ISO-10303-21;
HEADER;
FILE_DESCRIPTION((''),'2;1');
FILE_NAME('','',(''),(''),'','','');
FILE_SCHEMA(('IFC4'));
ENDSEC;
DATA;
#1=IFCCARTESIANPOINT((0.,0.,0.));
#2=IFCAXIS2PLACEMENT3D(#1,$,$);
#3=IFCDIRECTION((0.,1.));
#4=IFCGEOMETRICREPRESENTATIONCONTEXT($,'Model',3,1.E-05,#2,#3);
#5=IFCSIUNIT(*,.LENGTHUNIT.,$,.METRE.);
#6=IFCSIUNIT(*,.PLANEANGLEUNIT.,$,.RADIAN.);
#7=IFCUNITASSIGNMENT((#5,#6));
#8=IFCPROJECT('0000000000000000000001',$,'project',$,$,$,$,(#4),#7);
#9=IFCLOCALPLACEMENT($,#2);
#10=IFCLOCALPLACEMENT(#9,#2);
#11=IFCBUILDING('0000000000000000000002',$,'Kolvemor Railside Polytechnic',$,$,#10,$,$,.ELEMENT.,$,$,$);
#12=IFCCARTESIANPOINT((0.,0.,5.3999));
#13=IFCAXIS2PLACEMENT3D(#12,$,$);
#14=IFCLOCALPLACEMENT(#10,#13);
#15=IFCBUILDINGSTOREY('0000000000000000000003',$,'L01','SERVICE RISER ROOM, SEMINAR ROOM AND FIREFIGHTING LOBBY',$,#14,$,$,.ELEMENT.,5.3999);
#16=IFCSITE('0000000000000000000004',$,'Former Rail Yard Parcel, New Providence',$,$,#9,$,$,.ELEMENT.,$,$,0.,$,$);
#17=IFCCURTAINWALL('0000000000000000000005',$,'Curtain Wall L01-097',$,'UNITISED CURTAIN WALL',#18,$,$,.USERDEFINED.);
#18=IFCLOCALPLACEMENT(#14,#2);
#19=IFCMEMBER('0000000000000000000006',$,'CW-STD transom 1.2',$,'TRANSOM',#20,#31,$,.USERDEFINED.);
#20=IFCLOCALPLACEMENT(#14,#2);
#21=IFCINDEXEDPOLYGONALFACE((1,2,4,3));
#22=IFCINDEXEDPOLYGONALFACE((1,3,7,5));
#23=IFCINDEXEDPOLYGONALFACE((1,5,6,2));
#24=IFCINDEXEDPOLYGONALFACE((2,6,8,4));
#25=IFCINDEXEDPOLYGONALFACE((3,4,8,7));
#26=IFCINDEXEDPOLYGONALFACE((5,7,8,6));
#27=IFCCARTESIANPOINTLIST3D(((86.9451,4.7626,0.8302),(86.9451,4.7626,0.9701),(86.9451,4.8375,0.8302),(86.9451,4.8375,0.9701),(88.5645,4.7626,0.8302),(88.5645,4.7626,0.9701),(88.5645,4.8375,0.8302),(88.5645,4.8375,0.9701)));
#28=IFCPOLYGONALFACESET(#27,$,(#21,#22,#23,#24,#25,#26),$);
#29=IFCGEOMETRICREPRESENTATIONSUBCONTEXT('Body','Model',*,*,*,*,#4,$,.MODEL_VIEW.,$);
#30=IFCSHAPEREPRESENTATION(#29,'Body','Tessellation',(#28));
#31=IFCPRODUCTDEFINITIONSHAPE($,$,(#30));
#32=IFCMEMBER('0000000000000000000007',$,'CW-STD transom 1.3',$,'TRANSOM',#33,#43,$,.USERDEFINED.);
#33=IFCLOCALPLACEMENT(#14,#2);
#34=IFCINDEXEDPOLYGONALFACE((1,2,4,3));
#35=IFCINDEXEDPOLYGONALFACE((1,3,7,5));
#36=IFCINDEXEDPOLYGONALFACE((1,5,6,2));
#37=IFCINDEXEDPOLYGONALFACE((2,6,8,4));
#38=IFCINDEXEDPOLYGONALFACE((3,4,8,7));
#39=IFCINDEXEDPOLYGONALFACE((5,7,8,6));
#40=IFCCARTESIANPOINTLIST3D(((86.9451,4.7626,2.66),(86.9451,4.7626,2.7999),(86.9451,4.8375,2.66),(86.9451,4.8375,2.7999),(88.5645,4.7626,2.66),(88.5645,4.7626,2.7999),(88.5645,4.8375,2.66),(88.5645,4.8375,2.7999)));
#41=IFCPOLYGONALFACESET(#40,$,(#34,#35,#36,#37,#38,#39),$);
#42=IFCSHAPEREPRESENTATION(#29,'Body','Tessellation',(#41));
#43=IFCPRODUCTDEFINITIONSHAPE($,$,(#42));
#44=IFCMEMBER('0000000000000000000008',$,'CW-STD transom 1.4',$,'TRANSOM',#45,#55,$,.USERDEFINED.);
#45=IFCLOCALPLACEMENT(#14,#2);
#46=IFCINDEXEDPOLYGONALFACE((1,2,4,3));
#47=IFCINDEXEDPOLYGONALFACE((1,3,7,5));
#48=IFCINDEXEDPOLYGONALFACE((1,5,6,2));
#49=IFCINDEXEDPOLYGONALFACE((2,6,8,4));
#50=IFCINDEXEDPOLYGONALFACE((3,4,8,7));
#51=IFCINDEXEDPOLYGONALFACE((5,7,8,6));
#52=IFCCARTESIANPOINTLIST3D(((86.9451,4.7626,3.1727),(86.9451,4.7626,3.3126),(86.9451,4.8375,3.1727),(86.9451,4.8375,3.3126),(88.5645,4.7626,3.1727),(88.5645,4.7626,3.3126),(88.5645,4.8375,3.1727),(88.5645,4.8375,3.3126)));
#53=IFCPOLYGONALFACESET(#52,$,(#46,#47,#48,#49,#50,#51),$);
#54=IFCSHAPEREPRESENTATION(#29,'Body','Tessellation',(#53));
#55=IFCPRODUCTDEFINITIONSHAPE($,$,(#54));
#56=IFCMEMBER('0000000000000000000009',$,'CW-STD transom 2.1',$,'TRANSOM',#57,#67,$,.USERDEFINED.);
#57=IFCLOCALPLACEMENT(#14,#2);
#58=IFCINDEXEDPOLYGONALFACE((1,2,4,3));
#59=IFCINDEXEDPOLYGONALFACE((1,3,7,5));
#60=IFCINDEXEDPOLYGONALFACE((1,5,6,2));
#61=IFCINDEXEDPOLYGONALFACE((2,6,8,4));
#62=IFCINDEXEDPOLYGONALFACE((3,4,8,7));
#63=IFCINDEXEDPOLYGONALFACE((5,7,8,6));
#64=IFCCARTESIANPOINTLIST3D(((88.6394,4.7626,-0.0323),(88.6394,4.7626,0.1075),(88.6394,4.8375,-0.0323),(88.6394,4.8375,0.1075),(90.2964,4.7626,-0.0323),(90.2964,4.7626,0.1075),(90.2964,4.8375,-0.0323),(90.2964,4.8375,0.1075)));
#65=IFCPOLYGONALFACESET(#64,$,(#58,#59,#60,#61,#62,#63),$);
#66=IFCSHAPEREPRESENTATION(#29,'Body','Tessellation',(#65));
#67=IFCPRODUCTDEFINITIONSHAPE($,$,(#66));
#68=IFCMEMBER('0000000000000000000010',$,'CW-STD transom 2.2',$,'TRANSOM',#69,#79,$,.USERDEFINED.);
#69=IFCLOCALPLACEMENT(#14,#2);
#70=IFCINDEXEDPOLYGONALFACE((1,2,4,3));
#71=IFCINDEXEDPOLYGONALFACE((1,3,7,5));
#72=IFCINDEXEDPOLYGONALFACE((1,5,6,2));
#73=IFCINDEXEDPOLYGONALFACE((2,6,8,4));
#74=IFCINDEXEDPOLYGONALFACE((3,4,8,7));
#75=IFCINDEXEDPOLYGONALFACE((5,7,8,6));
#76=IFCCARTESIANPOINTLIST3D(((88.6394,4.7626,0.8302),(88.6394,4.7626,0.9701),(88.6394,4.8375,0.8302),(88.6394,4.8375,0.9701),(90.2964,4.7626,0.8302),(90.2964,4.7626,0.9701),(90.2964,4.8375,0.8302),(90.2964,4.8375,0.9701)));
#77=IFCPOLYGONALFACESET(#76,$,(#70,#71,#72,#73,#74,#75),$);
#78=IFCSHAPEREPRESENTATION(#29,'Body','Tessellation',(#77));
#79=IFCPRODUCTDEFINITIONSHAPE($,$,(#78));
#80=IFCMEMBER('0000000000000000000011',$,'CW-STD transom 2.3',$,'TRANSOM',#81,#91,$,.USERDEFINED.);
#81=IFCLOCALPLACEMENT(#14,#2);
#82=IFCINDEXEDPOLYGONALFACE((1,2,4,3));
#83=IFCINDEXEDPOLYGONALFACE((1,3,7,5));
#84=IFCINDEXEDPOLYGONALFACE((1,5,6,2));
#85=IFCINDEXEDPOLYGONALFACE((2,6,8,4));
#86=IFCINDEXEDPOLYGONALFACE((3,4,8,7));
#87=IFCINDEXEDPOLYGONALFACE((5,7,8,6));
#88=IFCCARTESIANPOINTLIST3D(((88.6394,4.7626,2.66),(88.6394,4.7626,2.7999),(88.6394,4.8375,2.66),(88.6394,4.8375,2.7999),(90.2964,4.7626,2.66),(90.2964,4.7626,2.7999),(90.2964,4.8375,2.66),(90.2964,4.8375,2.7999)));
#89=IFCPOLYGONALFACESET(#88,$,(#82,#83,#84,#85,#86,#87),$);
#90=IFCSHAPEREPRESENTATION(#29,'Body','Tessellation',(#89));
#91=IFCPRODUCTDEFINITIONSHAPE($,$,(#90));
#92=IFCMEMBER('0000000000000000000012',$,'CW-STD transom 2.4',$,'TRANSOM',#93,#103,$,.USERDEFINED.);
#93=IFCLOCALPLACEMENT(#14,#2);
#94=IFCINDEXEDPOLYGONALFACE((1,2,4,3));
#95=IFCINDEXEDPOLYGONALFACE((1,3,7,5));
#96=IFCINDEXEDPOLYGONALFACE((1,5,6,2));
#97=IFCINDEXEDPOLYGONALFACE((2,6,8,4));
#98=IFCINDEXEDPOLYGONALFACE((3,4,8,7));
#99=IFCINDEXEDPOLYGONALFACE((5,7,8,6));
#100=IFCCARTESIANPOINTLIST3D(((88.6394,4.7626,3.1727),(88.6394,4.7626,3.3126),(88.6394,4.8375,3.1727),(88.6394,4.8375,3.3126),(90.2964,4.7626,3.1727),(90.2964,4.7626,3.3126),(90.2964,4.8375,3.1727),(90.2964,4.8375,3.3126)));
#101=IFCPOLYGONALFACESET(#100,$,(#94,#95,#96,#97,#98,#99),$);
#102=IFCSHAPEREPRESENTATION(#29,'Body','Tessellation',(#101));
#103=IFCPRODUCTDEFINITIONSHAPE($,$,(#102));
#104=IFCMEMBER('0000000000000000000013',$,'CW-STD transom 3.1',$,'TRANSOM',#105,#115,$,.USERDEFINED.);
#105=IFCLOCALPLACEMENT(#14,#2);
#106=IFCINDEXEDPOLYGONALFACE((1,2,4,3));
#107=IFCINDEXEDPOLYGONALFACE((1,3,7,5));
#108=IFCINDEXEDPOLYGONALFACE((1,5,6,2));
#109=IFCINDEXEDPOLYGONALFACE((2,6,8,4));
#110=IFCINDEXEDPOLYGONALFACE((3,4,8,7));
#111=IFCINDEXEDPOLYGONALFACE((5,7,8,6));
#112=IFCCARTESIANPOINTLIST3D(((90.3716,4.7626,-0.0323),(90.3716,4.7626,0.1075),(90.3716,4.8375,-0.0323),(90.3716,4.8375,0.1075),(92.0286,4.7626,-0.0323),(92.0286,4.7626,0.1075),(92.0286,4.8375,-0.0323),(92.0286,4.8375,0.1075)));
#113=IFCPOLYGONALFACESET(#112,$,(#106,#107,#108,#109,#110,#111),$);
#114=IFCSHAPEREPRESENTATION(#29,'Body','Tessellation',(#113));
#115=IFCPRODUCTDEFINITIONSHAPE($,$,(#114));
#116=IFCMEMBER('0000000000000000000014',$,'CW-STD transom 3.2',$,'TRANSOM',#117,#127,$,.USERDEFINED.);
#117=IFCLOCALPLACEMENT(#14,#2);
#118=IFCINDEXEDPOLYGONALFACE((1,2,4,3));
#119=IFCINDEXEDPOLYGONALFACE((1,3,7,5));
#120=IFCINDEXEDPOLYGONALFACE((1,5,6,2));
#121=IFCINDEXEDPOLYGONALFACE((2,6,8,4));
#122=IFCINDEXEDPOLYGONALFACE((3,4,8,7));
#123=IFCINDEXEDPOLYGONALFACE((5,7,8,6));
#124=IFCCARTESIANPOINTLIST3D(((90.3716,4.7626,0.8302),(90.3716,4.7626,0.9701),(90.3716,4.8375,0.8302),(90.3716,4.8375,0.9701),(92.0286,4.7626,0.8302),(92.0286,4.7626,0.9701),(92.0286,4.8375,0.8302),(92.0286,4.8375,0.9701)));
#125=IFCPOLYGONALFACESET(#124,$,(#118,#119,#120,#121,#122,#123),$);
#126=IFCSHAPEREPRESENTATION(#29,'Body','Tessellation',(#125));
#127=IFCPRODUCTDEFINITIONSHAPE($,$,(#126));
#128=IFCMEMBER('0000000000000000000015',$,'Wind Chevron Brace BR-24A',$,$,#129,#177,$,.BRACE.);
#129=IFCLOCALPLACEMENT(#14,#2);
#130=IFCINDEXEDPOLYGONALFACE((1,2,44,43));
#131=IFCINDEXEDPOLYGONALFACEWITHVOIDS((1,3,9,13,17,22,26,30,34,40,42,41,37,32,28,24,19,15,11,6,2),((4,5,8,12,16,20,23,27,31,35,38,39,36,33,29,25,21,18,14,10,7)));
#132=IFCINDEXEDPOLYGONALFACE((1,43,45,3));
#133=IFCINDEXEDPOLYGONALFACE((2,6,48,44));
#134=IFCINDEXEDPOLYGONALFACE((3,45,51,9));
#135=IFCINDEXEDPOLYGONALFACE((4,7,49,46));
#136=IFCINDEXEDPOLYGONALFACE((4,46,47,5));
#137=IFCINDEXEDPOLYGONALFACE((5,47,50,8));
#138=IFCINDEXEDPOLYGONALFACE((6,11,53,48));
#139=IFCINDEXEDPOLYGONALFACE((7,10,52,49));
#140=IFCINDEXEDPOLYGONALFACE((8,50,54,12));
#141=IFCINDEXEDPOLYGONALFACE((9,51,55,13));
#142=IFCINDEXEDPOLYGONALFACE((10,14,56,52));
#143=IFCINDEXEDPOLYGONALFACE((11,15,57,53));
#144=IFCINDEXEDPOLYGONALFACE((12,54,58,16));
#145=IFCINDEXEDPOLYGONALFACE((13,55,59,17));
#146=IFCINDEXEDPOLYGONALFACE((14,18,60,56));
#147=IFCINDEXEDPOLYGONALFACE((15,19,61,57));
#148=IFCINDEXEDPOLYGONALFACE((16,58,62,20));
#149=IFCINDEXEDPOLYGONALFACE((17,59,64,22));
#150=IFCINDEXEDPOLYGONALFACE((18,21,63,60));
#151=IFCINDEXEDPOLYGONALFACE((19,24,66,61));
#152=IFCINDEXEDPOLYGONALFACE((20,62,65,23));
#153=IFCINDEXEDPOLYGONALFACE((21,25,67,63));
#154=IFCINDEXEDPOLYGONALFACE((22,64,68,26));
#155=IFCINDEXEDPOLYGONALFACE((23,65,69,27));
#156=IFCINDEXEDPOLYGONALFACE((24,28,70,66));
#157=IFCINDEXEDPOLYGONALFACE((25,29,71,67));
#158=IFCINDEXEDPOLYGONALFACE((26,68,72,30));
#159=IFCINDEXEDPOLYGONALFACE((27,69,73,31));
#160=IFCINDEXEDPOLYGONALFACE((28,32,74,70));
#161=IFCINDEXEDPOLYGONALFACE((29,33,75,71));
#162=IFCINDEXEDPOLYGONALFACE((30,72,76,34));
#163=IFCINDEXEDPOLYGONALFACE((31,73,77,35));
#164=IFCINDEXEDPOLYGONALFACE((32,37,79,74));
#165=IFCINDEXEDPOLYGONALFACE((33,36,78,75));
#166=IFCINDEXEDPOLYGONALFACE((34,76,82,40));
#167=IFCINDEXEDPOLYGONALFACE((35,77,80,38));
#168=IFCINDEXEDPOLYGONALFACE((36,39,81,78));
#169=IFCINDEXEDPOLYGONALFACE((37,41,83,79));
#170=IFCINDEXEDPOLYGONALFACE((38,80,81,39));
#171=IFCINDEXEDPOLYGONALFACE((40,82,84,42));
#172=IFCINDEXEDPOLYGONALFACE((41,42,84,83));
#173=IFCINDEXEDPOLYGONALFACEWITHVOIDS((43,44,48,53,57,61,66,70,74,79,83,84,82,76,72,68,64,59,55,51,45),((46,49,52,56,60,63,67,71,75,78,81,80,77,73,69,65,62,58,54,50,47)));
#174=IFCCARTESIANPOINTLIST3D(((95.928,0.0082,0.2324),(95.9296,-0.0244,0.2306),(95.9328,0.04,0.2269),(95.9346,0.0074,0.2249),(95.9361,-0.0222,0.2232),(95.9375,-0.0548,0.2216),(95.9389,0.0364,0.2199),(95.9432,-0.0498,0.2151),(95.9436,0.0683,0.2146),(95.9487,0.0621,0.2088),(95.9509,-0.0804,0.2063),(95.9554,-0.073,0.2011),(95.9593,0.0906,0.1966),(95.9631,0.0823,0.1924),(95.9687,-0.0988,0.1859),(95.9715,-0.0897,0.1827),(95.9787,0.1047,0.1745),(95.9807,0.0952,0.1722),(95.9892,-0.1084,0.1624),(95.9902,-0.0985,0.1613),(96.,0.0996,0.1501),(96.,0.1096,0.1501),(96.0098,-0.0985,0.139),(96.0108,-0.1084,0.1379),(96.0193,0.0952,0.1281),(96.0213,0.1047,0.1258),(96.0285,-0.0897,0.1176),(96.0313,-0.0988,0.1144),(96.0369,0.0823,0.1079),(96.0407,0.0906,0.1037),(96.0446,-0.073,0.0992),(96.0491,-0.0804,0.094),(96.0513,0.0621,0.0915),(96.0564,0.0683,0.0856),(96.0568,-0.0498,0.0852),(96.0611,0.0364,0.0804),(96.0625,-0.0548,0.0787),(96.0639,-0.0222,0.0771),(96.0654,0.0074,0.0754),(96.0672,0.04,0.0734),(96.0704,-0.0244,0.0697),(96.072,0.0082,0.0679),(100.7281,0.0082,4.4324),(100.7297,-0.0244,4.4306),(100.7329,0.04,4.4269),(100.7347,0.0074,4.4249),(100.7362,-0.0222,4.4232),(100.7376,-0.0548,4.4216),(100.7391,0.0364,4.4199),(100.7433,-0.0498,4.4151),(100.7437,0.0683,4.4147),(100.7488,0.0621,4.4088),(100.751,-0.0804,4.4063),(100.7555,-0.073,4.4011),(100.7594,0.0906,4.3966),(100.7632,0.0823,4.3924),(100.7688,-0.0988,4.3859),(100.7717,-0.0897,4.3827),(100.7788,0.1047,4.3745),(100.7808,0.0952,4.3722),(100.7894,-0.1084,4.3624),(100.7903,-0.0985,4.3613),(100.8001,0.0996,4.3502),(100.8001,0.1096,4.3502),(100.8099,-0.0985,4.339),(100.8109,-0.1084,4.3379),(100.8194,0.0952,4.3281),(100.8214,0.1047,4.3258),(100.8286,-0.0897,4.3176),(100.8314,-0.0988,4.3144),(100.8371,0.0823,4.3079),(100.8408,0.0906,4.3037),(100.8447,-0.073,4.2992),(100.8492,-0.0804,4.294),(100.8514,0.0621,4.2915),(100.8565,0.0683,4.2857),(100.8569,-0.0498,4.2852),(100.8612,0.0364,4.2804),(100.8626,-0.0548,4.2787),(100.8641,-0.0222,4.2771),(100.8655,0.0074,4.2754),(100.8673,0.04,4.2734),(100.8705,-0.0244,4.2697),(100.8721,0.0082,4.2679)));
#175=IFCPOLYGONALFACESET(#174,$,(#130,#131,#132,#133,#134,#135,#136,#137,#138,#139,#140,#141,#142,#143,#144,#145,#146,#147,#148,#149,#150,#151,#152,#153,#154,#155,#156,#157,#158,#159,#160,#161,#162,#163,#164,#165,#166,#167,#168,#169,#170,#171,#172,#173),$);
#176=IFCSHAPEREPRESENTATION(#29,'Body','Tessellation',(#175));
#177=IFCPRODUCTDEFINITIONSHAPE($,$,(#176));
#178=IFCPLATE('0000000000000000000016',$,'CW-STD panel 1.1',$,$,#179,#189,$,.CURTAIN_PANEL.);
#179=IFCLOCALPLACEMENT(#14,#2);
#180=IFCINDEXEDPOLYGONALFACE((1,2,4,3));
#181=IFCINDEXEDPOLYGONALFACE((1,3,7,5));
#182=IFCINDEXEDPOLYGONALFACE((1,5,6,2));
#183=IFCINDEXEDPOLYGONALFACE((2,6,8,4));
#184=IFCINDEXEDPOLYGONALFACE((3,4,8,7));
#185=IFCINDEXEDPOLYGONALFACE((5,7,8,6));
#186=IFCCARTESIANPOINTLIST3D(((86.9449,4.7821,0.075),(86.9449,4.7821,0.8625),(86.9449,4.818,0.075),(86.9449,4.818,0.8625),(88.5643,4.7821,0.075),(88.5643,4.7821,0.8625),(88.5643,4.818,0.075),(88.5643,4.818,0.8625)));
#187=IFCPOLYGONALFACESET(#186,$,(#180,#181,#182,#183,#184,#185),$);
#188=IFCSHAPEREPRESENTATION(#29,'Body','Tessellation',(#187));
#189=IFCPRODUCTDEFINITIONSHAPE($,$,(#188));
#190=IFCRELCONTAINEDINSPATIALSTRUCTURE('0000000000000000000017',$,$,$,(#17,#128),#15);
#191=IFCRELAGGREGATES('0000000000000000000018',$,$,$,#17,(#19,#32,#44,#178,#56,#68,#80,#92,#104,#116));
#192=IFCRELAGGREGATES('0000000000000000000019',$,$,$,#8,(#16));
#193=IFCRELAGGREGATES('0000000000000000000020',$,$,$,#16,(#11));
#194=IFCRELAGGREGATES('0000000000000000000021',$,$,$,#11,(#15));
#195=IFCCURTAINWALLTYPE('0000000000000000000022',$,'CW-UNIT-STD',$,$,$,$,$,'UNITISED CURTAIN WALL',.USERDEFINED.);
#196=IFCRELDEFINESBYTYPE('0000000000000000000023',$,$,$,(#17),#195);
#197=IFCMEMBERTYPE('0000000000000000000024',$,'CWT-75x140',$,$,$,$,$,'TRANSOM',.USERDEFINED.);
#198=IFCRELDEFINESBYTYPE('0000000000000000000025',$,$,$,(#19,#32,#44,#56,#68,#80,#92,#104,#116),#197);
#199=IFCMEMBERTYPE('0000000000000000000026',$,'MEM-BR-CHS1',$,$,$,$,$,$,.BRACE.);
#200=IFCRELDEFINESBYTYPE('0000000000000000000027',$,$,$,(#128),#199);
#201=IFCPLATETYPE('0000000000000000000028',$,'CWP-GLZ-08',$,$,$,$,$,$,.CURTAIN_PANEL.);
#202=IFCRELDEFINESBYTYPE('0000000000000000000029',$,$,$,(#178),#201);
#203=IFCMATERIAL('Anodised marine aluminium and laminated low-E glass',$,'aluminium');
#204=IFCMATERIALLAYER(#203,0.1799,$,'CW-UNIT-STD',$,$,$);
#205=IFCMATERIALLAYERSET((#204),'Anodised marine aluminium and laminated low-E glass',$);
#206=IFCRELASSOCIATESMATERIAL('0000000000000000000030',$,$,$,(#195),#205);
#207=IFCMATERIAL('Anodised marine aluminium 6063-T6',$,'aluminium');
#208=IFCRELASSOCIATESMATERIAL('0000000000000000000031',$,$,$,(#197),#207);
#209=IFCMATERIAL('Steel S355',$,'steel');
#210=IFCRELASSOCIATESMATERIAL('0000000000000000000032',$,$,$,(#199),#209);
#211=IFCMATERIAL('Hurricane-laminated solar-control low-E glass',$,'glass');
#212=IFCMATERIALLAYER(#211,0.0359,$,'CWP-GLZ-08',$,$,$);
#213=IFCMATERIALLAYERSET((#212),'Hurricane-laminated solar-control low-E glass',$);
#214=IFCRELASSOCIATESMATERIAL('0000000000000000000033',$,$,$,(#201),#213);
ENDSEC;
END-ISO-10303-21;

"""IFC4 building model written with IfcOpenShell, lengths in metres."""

from ifc_helpers import new_model, si_unit, direction, frame, origin, origin_2d, place, context, subcontext, project, spatial, rectangle, hollow_circle, extrude, material, layer, layer_set, material_profile, profile_set, type_object, element, aggregate, save


model = new_model("IFC4")

# Units and contexts
model_context = context("Model", 3, precision=1e-05, world=origin(), true_north=direction((0.0, 1.0)))
body_context = subcontext(model_context, "Body", "Model", "MODEL_VIEW")
ifc_project = project(units=[si_unit("LENGTHUNIT", "METRE"), si_unit("PLANEANGLEUNIT", "RADIAN")], contexts=[model_context])

# Site, building, storey
site_placement = place(None, origin())
site = spatial("IfcSite", under=ifc_project, at=site_placement, Name="Former Rail Yard Parcel, New Providence", CompositionType="ELEMENT", RefElevation=0.0)
building_placement = place(site_placement, origin())
building = spatial("IfcBuilding", under=site, at=building_placement, Name="Kolvemor Railside Polytechnic", CompositionType="ELEMENT")
storey_placement = place(building_placement, frame((0.0, 0.0, 5.3999)))
storey = spatial("IfcBuildingStorey", under=building, at=storey_placement, Name="L01", Description="SERVICE RISER ROOM, SEMINAR ROOM AND FIREFIGHTING LOBBY", CompositionType="ELEMENT", Elevation=5.3999)

# Curtain wall, members
ifc_material_1 = material(Name="Anodised marine aluminium and laminated low-E glass", Category="aluminium")
ifc_layer_1 = layer(ifc_material_1, 0.1799, Name="CW-UNIT-STD")
ifc_layer_set_1 = layer_set([ifc_layer_1], Name="Anodised marine aluminium and laminated low-E glass")
curtain_wall_type = type_object("IfcCurtainWallType", Name="CW-UNIT-STD", ElementType="UNITISED CURTAIN WALL", PredefinedType="USERDEFINED", material=ifc_layer_set_1)
curtain_wall_placement = place(storey_placement, origin())
curtain_wall = element("IfcCurtainWall", 1, at=curtain_wall_placement, inside=storey, type_object=curtain_wall_type, Name="Curtain Wall L01-097", ObjectType="UNITISED CURTAIN WALL", PredefinedType="USERDEFINED")
ifc_material_2 = material(Name="Anodised marine aluminium 6063-T6", Category="aluminium")
ifc_material_profile_1 = material_profile(ifc_material_2, rectangle(XDim=0.075, YDim=0.1399, at=origin_2d()), Name="CW-TRN-75x140")
ifc_profile_set_1 = profile_set([ifc_material_profile_1], Name="Anodised marine aluminium 6063-T6")
member_type_1 = type_object("IfcMemberType", Name="CWT-75x140", ElementType="TRANSOM", PredefinedType="USERDEFINED", material=ifc_profile_set_1)
member_1_placement = place(storey_placement, frame((86.9451, 4.8, 0.9001), z_axis=(1.0, 0.0, 0.0), x_axis=(0.0, 1.0, 0.0)))
member_1 = element("IfcMember", 2, at=member_1_placement, type_object=member_type_1, Name="CW-STD transom 1.2", ObjectType="TRANSOM", PredefinedType="USERDEFINED", context=body_context, shape_type="SweptSolid", body=[
    extrude(rectangle(XDim=0.075, YDim=0.1399, at=origin_2d()), origin(), (0.0, 0.0, 1.0), 1.6194),
])
member_2_placement = place(storey_placement, frame((86.9451, 4.8, 2.73), z_axis=(1.0, 0.0, 0.0), x_axis=(0.0, 1.0, 0.0)))
member_2 = element("IfcMember", 3, at=member_2_placement, type_object=member_type_1, Name="CW-STD transom 1.3", ObjectType="TRANSOM", PredefinedType="USERDEFINED", context=body_context, shape_type="SweptSolid", body=[
    extrude(rectangle(XDim=0.075, YDim=0.1399, at=origin_2d()), origin(), (0.0, 0.0, 1.0), 1.6194),
])
member_3_placement = place(storey_placement, frame((86.9451, 4.8, 3.2427), z_axis=(1.0, 0.0, 0.0), x_axis=(0.0, 1.0, 0.0)))
member_3 = element("IfcMember", 4, at=member_3_placement, type_object=member_type_1, Name="CW-STD transom 1.4", ObjectType="TRANSOM", PredefinedType="USERDEFINED", context=body_context, shape_type="SweptSolid", body=[
    extrude(rectangle(XDim=0.075, YDim=0.1399, at=origin_2d()), origin(), (0.0, 0.0, 1.0), 1.6194),
])
member_4_placement = place(storey_placement, frame((88.6394, 4.8, 0.0376), z_axis=(1.0, 0.0, 0.0), x_axis=(0.0, 1.0, 0.0)))
member_4 = element("IfcMember", 5, at=member_4_placement, type_object=member_type_1, Name="CW-STD transom 2.1", ObjectType="TRANSOM", PredefinedType="USERDEFINED", context=body_context, shape_type="SweptSolid", body=[
    extrude(rectangle(XDim=0.075, YDim=0.1399, at=origin_2d()), origin(), (0.0, 0.0, 1.0), 1.657),
])
member_5_placement = place(storey_placement, frame((88.6394, 4.8, 0.9001), z_axis=(1.0, 0.0, 0.0), x_axis=(0.0, 1.0, 0.0)))
member_5 = element("IfcMember", 6, at=member_5_placement, type_object=member_type_1, Name="CW-STD transom 2.2", ObjectType="TRANSOM", PredefinedType="USERDEFINED", context=body_context, shape_type="SweptSolid", body=[
    extrude(rectangle(XDim=0.075, YDim=0.1399, at=origin_2d()), origin(), (0.0, 0.0, 1.0), 1.657),
])
member_6_placement = place(storey_placement, frame((88.6394, 4.8, 2.73), z_axis=(1.0, 0.0, 0.0), x_axis=(0.0, 1.0, 0.0)))
member_6 = element("IfcMember", 7, at=member_6_placement, type_object=member_type_1, Name="CW-STD transom 2.3", ObjectType="TRANSOM", PredefinedType="USERDEFINED", context=body_context, shape_type="SweptSolid", body=[
    extrude(rectangle(XDim=0.075, YDim=0.1399, at=origin_2d()), origin(), (0.0, 0.0, 1.0), 1.657),
])
member_7_placement = place(storey_placement, frame((88.6394, 4.8, 3.2427), z_axis=(1.0, 0.0, 0.0), x_axis=(0.0, 1.0, 0.0)))
member_7 = element("IfcMember", 8, at=member_7_placement, type_object=member_type_1, Name="CW-STD transom 2.4", ObjectType="TRANSOM", PredefinedType="USERDEFINED", context=body_context, shape_type="SweptSolid", body=[
    extrude(rectangle(XDim=0.075, YDim=0.1399, at=origin_2d()), origin(), (0.0, 0.0, 1.0), 1.657),
])
member_8_placement = place(storey_placement, frame((90.3716, 4.8, 0.0376), z_axis=(1.0, 0.0, 0.0), x_axis=(0.0, 1.0, 0.0)))
member_8 = element("IfcMember", 9, at=member_8_placement, type_object=member_type_1, Name="CW-STD transom 3.1", ObjectType="TRANSOM", PredefinedType="USERDEFINED", context=body_context, shape_type="SweptSolid", body=[
    extrude(rectangle(XDim=0.075, YDim=0.1399, at=origin_2d()), origin(), (0.0, 0.0, 1.0), 1.657),
])
member_9_placement = place(storey_placement, frame((90.3716, 4.8, 0.9001), z_axis=(1.0, 0.0, 0.0), x_axis=(0.0, 1.0, 0.0)))
member_9 = element("IfcMember", 10, at=member_9_placement, type_object=member_type_1, Name="CW-STD transom 3.2", ObjectType="TRANSOM", PredefinedType="USERDEFINED", context=body_context, shape_type="SweptSolid", body=[
    extrude(rectangle(XDim=0.075, YDim=0.1399, at=origin_2d()), origin(), (0.0, 0.0, 1.0), 1.657),
])

# Member
ifc_material_3 = material(Name="Steel S355", Category="steel")
ifc_material_profile_2 = material_profile(ifc_material_3, hollow_circle(Radius=0.1096, WallThickness=0.01, at=origin_2d()), Name="CHS219.1x10")
ifc_profile_set_2 = profile_set([ifc_material_profile_2], Name="Steel S355")
member_type_2 = type_object("IfcMemberType", Name="MEM-BR-CHS1", PredefinedType="BRACE", material=ifc_profile_set_2)
member_10_placement = place(storey_placement, frame((96.0, 0.0, 0.1501), z_axis=(0.752584, 0.0, 0.658496), x_axis=(0.0, 1.0, 0.0)))
element("IfcMember", 11, at=member_10_placement, inside=storey, type_object=member_type_2, Name="Wind Chevron Brace BR-24A", PredefinedType="BRACE", context=body_context, shape_type="SweptSolid", body=[
    extrude(hollow_circle(Radius=0.1096, WallThickness=0.01, at=origin_2d()), origin(), (0.0, 0.0, 1.0), 6.3782),
])

# Plate
ifc_material_4 = material(Name="Hurricane-laminated solar-control low-E glass", Category="glass")
ifc_layer_2 = layer(ifc_material_4, 0.0359, Name="CWP-GLZ-08")
ifc_layer_set_2 = layer_set([ifc_layer_2], Name="Hurricane-laminated solar-control low-E glass")
plate_type = type_object("IfcPlateType", Name="CWP-GLZ-08", PredefinedType="CURTAIN_PANEL", material=ifc_layer_set_2)
plate_1_placement = place(storey_placement, frame((87.7546, 4.8, 0.075), z_axis=(0.0, 0.0, 1.0), x_axis=(1.0, 0.0, 0.0)))
plate_1 = element("IfcPlate", 12, at=plate_1_placement, type_object=plate_type, Name="CW-STD panel 1.1", PredefinedType="CURTAIN_PANEL", context=body_context, shape_type="SweptSolid", body=[
    extrude(rectangle(XDim=1.6194, YDim=0.0359, at=origin_2d()), origin(), (0.0, 0.0, 1.0), 0.7876),
])
aggregate(curtain_wall, [member_1, member_2, member_3, plate_1, member_4, member_5, member_6, member_7, member_8, member_9])

save(model, "model.ifc")
